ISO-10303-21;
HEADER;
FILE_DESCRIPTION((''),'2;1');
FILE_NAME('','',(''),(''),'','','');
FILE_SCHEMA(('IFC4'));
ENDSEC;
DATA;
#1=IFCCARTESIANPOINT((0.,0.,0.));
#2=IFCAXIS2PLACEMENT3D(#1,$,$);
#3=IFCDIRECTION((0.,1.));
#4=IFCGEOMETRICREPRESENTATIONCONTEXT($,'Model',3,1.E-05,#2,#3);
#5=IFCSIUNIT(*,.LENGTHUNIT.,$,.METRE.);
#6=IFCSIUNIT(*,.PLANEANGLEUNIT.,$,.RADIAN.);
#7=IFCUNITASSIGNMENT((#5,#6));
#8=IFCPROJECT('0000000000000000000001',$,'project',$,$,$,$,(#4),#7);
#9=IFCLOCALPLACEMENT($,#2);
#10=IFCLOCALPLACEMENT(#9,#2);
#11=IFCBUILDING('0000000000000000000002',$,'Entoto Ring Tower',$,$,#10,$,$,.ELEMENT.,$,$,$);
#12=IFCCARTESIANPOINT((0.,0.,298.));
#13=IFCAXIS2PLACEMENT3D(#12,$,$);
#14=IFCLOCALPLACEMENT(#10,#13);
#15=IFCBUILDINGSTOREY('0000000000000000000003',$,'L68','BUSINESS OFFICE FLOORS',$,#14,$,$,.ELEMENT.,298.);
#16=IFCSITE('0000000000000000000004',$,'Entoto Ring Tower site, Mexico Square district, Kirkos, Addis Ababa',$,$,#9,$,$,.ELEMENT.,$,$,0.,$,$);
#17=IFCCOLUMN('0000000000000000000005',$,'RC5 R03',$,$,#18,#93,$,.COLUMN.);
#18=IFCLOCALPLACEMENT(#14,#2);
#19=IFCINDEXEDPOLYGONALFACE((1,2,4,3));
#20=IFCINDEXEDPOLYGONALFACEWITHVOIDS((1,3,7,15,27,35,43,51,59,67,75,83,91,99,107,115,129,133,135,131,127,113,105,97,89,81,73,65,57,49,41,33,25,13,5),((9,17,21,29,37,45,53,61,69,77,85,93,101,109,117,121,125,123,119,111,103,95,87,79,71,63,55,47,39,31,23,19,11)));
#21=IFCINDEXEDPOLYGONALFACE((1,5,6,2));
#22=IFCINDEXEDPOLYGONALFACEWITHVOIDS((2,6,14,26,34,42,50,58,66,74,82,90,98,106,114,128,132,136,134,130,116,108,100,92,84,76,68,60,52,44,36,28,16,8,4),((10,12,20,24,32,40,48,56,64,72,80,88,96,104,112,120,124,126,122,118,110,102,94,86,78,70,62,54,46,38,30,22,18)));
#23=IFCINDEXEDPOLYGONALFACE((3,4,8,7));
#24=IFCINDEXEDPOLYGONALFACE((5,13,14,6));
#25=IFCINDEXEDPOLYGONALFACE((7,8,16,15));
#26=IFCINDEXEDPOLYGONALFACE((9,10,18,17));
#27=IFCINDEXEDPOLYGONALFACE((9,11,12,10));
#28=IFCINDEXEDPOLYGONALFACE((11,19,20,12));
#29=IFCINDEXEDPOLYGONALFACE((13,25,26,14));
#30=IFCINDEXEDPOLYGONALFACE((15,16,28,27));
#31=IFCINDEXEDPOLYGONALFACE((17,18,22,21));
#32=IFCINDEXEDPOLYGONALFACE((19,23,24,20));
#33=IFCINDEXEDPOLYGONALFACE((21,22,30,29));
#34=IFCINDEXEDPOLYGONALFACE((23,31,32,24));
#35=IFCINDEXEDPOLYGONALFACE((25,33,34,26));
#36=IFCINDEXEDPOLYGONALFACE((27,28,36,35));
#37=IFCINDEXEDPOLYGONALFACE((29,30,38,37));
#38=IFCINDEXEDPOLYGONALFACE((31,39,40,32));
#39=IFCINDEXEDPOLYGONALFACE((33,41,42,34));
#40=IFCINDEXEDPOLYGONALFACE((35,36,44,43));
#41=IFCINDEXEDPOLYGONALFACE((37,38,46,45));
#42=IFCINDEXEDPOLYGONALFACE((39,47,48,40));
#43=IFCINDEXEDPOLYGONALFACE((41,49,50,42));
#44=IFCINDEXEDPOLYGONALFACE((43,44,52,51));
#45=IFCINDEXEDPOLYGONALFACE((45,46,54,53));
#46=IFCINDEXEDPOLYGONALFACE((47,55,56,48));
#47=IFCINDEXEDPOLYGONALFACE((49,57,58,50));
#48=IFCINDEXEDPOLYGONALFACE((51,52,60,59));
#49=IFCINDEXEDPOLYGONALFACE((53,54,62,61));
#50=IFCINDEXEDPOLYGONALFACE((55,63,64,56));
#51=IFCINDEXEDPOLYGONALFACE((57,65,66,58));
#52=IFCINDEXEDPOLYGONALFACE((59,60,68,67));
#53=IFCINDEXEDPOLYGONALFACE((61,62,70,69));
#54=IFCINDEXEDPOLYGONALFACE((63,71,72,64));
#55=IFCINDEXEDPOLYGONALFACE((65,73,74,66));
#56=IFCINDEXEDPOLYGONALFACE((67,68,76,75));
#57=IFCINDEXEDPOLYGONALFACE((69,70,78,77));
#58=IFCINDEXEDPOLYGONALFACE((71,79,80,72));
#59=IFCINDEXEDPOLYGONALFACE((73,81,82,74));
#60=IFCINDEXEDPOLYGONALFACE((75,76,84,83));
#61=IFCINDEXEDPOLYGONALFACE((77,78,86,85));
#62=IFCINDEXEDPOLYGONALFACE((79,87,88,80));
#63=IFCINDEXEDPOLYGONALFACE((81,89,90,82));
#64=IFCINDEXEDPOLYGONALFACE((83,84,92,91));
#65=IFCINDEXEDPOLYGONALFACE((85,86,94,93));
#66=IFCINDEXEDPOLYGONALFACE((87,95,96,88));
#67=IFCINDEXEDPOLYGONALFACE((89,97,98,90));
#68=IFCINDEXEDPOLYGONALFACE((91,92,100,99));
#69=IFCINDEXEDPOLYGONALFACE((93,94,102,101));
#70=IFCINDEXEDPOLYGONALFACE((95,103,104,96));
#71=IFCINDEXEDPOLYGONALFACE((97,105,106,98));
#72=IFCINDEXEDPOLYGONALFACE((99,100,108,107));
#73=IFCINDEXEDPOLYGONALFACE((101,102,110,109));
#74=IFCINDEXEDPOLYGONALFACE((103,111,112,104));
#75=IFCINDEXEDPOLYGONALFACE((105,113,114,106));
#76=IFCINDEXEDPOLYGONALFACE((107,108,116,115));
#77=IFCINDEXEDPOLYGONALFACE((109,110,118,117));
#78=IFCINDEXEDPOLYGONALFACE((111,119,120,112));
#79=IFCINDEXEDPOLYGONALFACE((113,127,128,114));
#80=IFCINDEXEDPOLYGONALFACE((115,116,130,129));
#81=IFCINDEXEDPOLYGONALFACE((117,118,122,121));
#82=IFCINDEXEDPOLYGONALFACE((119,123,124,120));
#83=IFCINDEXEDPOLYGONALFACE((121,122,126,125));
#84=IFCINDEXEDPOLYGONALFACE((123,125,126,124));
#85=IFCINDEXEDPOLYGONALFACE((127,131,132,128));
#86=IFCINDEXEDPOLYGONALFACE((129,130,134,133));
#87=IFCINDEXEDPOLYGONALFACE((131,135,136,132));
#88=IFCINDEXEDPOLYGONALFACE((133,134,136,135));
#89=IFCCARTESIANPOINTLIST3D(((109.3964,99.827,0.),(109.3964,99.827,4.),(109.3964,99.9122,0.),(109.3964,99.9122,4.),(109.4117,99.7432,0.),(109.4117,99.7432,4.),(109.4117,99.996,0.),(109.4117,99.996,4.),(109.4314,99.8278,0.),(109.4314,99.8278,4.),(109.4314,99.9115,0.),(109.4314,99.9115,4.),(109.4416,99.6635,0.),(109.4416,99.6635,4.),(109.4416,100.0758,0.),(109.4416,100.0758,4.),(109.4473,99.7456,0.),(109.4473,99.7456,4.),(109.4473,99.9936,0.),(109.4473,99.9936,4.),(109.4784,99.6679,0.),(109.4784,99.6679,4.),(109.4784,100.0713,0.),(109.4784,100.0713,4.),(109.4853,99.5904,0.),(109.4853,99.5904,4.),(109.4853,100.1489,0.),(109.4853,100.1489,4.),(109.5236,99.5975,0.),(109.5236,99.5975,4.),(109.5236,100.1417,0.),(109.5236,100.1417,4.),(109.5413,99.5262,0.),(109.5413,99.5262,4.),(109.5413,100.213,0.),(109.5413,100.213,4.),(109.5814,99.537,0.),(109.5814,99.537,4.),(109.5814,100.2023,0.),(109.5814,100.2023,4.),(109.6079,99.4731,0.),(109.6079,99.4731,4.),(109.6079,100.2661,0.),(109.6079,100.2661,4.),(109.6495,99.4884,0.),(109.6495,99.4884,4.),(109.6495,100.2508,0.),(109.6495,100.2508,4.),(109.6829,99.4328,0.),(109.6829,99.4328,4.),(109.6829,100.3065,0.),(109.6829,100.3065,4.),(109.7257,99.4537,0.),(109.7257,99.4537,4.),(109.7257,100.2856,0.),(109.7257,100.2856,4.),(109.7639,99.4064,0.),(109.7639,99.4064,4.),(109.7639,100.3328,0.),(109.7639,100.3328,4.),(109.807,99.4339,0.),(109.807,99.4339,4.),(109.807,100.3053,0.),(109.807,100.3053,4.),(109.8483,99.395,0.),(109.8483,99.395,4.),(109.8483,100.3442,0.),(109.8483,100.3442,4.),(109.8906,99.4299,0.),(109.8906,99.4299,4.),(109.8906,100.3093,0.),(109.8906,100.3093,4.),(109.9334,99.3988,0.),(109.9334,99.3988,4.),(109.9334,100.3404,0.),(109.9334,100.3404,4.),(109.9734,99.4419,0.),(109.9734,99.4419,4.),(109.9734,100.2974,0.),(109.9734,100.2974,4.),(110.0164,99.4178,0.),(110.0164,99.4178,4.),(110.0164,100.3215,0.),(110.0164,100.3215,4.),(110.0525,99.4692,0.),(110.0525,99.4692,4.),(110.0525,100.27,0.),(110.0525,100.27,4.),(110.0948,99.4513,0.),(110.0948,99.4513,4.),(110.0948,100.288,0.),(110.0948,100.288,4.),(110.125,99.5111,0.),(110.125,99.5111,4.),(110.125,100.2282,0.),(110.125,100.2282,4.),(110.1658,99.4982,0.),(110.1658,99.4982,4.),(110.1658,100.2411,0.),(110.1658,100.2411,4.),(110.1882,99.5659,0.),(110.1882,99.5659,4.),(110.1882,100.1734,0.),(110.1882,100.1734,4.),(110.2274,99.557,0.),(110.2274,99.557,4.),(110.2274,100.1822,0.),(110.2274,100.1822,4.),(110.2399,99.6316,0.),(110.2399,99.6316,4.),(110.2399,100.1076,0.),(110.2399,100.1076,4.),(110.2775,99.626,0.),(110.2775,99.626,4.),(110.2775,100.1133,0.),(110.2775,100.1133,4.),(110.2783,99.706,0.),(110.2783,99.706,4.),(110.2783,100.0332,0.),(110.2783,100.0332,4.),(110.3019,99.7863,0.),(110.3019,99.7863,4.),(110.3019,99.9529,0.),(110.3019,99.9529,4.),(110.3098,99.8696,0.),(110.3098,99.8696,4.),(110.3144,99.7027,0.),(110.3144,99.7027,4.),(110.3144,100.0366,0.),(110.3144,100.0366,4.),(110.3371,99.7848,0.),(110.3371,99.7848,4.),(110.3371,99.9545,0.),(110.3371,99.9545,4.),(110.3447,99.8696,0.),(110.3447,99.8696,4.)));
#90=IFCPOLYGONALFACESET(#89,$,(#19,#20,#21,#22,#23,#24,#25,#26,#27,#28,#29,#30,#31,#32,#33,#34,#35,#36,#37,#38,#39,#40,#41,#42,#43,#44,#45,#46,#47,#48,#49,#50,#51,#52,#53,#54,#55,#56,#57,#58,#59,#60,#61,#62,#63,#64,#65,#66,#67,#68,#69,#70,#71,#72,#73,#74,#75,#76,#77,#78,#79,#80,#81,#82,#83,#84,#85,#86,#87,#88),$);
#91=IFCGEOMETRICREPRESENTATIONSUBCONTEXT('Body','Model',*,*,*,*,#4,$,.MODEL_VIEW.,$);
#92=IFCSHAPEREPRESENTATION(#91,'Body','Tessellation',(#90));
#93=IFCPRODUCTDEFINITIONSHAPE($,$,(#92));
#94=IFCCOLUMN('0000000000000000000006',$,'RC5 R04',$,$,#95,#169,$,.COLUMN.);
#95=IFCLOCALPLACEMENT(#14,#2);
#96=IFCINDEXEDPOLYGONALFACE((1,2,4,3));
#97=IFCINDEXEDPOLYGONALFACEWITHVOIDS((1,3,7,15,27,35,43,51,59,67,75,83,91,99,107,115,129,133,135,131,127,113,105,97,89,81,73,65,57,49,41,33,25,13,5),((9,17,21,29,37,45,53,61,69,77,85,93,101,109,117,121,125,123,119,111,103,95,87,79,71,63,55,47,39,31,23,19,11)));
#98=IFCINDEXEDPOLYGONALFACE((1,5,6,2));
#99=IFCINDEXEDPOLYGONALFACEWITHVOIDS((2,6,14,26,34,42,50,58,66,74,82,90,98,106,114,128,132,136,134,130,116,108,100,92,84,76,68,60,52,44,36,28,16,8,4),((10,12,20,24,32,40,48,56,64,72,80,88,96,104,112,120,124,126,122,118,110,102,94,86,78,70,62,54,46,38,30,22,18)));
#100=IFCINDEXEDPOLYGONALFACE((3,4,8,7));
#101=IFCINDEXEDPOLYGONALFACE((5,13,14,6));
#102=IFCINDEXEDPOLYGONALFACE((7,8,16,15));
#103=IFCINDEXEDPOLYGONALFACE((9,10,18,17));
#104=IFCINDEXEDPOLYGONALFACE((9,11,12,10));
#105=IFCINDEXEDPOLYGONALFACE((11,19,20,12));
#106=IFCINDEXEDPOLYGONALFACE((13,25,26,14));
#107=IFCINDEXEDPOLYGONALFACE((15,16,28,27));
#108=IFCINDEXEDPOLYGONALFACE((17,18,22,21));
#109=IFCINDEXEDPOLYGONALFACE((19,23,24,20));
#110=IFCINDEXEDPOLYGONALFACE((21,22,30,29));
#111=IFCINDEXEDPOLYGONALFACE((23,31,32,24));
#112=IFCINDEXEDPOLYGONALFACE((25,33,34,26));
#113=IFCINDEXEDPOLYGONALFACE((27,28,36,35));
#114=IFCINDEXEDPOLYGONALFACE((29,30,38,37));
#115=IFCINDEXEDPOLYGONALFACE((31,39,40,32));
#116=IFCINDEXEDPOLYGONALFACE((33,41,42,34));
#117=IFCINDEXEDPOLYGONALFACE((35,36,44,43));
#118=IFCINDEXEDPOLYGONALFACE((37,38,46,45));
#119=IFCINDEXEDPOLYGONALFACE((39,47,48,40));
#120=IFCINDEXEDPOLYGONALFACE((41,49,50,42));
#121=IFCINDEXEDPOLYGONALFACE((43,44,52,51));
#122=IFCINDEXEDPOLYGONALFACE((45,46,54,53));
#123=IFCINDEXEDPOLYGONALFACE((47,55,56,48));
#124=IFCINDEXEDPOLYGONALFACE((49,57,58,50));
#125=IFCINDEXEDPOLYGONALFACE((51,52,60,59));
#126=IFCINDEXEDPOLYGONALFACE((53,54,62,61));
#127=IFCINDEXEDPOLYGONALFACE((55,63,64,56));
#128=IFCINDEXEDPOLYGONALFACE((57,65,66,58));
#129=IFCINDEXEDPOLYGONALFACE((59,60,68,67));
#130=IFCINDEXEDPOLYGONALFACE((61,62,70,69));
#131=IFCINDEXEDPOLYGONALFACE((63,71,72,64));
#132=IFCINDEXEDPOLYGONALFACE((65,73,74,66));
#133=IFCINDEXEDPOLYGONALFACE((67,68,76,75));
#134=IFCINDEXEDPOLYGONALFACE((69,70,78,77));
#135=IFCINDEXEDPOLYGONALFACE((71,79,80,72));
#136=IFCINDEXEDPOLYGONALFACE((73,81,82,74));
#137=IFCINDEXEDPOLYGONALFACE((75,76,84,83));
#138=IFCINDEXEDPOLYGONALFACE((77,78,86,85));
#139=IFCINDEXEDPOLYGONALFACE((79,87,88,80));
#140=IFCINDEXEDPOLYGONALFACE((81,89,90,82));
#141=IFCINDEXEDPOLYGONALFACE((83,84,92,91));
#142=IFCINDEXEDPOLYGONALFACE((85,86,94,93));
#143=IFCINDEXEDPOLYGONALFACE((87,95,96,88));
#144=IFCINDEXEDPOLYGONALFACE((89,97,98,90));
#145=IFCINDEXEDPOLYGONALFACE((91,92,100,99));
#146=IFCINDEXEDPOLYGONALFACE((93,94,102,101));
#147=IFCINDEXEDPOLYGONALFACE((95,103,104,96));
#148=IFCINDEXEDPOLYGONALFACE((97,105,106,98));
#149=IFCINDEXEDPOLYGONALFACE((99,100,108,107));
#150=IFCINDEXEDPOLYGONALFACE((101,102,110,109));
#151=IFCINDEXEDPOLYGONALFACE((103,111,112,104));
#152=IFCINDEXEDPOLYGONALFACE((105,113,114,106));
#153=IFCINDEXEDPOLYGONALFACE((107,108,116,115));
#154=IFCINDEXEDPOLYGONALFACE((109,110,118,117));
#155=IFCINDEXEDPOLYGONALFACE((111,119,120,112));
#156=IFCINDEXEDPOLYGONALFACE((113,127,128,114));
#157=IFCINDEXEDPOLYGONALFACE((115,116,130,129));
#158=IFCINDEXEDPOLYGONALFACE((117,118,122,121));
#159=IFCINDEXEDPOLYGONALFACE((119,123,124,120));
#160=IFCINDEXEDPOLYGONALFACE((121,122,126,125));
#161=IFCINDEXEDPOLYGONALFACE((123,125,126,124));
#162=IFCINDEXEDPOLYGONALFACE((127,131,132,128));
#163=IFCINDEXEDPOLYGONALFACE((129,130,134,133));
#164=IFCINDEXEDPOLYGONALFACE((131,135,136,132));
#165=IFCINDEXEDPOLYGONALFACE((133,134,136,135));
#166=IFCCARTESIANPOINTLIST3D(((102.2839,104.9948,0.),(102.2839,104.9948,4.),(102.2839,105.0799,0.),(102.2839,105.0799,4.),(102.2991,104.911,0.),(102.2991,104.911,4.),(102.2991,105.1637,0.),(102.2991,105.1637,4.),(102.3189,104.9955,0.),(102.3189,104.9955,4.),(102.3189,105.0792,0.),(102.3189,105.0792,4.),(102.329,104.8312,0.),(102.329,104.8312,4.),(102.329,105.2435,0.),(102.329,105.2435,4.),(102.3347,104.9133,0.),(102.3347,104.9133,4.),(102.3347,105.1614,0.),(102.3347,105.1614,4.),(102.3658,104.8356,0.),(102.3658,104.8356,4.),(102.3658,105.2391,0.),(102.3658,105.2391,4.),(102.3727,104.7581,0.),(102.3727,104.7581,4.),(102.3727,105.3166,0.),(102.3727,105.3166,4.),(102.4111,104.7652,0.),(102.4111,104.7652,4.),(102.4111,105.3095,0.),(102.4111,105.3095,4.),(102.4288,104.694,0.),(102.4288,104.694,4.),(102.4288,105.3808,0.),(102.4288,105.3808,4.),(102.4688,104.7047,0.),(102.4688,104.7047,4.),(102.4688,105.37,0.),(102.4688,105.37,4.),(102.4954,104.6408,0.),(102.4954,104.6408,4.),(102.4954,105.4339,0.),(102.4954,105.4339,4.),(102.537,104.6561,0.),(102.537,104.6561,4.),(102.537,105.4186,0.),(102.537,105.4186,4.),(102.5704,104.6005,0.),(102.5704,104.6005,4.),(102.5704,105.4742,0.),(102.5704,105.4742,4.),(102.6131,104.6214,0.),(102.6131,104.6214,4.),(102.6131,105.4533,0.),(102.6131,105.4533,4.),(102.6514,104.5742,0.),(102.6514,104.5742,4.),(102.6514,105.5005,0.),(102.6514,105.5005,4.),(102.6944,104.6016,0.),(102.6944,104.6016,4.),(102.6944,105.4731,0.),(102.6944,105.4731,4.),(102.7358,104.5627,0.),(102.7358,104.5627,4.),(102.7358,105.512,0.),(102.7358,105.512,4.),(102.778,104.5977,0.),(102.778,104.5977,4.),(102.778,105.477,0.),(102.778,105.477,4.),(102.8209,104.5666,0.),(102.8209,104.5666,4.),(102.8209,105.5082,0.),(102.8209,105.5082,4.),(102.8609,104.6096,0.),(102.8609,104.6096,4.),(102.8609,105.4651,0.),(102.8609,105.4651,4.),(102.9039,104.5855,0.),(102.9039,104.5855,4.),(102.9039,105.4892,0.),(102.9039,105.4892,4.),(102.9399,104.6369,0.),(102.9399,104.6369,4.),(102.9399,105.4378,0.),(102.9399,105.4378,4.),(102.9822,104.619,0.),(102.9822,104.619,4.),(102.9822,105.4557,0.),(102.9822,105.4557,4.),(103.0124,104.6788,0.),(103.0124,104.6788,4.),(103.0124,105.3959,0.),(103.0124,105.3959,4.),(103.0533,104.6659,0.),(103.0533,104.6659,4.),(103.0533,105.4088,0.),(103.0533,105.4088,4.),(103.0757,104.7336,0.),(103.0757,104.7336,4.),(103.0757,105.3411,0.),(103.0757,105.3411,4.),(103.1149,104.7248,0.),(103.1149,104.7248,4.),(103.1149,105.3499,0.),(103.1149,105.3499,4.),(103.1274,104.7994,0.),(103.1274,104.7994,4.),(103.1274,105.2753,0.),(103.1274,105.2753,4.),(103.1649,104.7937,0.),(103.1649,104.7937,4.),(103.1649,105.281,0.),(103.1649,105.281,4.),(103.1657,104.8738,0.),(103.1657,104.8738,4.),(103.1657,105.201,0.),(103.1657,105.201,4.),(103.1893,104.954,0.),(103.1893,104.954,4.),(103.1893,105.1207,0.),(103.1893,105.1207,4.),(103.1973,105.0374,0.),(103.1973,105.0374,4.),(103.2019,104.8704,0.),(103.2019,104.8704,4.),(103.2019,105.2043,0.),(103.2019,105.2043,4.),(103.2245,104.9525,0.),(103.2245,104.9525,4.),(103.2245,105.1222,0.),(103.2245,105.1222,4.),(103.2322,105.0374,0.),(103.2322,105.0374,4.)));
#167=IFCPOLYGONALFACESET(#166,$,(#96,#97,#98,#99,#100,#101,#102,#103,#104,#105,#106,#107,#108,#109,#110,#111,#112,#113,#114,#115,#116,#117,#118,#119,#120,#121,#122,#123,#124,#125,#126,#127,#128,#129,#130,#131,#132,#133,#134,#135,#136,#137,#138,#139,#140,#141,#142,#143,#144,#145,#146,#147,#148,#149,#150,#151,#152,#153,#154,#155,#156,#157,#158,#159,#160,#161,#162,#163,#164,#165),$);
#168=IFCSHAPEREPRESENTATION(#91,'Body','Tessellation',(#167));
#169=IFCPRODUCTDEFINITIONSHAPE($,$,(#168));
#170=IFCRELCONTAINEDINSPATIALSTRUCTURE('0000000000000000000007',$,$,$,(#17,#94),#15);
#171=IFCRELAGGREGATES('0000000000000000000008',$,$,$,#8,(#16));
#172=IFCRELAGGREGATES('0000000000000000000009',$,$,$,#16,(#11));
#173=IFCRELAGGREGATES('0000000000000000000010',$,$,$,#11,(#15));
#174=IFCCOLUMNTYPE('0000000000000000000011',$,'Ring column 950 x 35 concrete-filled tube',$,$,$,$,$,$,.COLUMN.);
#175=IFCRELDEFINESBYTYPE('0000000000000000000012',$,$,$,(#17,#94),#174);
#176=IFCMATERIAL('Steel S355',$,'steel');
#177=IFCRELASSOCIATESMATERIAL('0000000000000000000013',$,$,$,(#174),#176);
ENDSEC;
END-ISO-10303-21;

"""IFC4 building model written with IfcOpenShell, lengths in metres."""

from ifc_helpers import new_model, si_unit, direction, frame, origin, origin_2d, place, context, subcontext, project, spatial, circle, hollow_circle, extrude, material, material_profile, profile_set, type_object, element, save


model = new_model("IFC4")

# Units and contexts
model_context = context("Model", 3, precision=1e-05, world=origin(), true_north=direction((0.0, 1.0)))
body_context = subcontext(model_context, "Body", "Model", "MODEL_VIEW")
ifc_project = project(units=[si_unit("LENGTHUNIT", "METRE"), si_unit("PLANEANGLEUNIT", "RADIAN")], contexts=[model_context])

# Site, building, storey
site_placement = place(None, origin())
site = spatial("IfcSite", under=ifc_project, at=site_placement, Name="Entoto Ring Tower site, Mexico Square district, Kirkos, Addis Ababa", CompositionType="ELEMENT", RefElevation=0.0)
building_placement = place(site_placement, origin())
building = spatial("IfcBuilding", under=site, at=building_placement, Name="Entoto Ring Tower", CompositionType="ELEMENT")
storey_placement = place(building_placement, frame((0.0, 0.0, 298.0)))
storey = spatial("IfcBuildingStorey", under=building, at=storey_placement, Name="L68", Description="BUSINESS OFFICE FLOORS", CompositionType="ELEMENT", Elevation=298.0)

# Columns
ifc_material_1 = material(Name="Steel S355", Category="steel")
ifc_material_profile_1 = material_profile(ifc_material_1, hollow_circle(Radius=0.4751, WallThickness=0.0349, at=origin_2d()), Name="CHS 950 x 35")
ifc_material_2 = material(Name="Concrete C60/75", Category="concrete")
ifc_material_profile_2 = material_profile(ifc_material_2, circle(Radius=0.4399, at=origin_2d()), Name="Concrete C60/75 infill")
ifc_profile_set_1 = profile_set([ifc_material_profile_1, ifc_material_profile_2], Name="Steel S355")
column_type = type_object("IfcColumnType", Name="Ring column 950 x 35 concrete-filled tube", PredefinedType="COLUMN", material=ifc_profile_set_1)
for number, where, z_axis, x_axis, name in (
    (1, (109.8696, 99.8696, 0.0), (0.0, 0.0, 1.0), (1.0, 0.0, 0.0), "RC5 R03"),
    (2, (102.7571, 105.0374, 0.0), (0.0, 0.0, 1.0), (1.0, 0.0, 0.0), "RC5 R04"),
):
    element("IfcColumn", number, at=place(storey_placement, frame(where, z_axis=z_axis, x_axis=x_axis)), inside=storey, type_object=column_type, Name=name, PredefinedType="COLUMN", context=body_context, shape_type="SweptSolid", body=[
        extrude(hollow_circle(Radius=0.4751, WallThickness=0.0349, at=origin_2d()), origin(), (0.0, 0.0, 1.0), 4.0),
    ])

save(model, "model.ifc")
